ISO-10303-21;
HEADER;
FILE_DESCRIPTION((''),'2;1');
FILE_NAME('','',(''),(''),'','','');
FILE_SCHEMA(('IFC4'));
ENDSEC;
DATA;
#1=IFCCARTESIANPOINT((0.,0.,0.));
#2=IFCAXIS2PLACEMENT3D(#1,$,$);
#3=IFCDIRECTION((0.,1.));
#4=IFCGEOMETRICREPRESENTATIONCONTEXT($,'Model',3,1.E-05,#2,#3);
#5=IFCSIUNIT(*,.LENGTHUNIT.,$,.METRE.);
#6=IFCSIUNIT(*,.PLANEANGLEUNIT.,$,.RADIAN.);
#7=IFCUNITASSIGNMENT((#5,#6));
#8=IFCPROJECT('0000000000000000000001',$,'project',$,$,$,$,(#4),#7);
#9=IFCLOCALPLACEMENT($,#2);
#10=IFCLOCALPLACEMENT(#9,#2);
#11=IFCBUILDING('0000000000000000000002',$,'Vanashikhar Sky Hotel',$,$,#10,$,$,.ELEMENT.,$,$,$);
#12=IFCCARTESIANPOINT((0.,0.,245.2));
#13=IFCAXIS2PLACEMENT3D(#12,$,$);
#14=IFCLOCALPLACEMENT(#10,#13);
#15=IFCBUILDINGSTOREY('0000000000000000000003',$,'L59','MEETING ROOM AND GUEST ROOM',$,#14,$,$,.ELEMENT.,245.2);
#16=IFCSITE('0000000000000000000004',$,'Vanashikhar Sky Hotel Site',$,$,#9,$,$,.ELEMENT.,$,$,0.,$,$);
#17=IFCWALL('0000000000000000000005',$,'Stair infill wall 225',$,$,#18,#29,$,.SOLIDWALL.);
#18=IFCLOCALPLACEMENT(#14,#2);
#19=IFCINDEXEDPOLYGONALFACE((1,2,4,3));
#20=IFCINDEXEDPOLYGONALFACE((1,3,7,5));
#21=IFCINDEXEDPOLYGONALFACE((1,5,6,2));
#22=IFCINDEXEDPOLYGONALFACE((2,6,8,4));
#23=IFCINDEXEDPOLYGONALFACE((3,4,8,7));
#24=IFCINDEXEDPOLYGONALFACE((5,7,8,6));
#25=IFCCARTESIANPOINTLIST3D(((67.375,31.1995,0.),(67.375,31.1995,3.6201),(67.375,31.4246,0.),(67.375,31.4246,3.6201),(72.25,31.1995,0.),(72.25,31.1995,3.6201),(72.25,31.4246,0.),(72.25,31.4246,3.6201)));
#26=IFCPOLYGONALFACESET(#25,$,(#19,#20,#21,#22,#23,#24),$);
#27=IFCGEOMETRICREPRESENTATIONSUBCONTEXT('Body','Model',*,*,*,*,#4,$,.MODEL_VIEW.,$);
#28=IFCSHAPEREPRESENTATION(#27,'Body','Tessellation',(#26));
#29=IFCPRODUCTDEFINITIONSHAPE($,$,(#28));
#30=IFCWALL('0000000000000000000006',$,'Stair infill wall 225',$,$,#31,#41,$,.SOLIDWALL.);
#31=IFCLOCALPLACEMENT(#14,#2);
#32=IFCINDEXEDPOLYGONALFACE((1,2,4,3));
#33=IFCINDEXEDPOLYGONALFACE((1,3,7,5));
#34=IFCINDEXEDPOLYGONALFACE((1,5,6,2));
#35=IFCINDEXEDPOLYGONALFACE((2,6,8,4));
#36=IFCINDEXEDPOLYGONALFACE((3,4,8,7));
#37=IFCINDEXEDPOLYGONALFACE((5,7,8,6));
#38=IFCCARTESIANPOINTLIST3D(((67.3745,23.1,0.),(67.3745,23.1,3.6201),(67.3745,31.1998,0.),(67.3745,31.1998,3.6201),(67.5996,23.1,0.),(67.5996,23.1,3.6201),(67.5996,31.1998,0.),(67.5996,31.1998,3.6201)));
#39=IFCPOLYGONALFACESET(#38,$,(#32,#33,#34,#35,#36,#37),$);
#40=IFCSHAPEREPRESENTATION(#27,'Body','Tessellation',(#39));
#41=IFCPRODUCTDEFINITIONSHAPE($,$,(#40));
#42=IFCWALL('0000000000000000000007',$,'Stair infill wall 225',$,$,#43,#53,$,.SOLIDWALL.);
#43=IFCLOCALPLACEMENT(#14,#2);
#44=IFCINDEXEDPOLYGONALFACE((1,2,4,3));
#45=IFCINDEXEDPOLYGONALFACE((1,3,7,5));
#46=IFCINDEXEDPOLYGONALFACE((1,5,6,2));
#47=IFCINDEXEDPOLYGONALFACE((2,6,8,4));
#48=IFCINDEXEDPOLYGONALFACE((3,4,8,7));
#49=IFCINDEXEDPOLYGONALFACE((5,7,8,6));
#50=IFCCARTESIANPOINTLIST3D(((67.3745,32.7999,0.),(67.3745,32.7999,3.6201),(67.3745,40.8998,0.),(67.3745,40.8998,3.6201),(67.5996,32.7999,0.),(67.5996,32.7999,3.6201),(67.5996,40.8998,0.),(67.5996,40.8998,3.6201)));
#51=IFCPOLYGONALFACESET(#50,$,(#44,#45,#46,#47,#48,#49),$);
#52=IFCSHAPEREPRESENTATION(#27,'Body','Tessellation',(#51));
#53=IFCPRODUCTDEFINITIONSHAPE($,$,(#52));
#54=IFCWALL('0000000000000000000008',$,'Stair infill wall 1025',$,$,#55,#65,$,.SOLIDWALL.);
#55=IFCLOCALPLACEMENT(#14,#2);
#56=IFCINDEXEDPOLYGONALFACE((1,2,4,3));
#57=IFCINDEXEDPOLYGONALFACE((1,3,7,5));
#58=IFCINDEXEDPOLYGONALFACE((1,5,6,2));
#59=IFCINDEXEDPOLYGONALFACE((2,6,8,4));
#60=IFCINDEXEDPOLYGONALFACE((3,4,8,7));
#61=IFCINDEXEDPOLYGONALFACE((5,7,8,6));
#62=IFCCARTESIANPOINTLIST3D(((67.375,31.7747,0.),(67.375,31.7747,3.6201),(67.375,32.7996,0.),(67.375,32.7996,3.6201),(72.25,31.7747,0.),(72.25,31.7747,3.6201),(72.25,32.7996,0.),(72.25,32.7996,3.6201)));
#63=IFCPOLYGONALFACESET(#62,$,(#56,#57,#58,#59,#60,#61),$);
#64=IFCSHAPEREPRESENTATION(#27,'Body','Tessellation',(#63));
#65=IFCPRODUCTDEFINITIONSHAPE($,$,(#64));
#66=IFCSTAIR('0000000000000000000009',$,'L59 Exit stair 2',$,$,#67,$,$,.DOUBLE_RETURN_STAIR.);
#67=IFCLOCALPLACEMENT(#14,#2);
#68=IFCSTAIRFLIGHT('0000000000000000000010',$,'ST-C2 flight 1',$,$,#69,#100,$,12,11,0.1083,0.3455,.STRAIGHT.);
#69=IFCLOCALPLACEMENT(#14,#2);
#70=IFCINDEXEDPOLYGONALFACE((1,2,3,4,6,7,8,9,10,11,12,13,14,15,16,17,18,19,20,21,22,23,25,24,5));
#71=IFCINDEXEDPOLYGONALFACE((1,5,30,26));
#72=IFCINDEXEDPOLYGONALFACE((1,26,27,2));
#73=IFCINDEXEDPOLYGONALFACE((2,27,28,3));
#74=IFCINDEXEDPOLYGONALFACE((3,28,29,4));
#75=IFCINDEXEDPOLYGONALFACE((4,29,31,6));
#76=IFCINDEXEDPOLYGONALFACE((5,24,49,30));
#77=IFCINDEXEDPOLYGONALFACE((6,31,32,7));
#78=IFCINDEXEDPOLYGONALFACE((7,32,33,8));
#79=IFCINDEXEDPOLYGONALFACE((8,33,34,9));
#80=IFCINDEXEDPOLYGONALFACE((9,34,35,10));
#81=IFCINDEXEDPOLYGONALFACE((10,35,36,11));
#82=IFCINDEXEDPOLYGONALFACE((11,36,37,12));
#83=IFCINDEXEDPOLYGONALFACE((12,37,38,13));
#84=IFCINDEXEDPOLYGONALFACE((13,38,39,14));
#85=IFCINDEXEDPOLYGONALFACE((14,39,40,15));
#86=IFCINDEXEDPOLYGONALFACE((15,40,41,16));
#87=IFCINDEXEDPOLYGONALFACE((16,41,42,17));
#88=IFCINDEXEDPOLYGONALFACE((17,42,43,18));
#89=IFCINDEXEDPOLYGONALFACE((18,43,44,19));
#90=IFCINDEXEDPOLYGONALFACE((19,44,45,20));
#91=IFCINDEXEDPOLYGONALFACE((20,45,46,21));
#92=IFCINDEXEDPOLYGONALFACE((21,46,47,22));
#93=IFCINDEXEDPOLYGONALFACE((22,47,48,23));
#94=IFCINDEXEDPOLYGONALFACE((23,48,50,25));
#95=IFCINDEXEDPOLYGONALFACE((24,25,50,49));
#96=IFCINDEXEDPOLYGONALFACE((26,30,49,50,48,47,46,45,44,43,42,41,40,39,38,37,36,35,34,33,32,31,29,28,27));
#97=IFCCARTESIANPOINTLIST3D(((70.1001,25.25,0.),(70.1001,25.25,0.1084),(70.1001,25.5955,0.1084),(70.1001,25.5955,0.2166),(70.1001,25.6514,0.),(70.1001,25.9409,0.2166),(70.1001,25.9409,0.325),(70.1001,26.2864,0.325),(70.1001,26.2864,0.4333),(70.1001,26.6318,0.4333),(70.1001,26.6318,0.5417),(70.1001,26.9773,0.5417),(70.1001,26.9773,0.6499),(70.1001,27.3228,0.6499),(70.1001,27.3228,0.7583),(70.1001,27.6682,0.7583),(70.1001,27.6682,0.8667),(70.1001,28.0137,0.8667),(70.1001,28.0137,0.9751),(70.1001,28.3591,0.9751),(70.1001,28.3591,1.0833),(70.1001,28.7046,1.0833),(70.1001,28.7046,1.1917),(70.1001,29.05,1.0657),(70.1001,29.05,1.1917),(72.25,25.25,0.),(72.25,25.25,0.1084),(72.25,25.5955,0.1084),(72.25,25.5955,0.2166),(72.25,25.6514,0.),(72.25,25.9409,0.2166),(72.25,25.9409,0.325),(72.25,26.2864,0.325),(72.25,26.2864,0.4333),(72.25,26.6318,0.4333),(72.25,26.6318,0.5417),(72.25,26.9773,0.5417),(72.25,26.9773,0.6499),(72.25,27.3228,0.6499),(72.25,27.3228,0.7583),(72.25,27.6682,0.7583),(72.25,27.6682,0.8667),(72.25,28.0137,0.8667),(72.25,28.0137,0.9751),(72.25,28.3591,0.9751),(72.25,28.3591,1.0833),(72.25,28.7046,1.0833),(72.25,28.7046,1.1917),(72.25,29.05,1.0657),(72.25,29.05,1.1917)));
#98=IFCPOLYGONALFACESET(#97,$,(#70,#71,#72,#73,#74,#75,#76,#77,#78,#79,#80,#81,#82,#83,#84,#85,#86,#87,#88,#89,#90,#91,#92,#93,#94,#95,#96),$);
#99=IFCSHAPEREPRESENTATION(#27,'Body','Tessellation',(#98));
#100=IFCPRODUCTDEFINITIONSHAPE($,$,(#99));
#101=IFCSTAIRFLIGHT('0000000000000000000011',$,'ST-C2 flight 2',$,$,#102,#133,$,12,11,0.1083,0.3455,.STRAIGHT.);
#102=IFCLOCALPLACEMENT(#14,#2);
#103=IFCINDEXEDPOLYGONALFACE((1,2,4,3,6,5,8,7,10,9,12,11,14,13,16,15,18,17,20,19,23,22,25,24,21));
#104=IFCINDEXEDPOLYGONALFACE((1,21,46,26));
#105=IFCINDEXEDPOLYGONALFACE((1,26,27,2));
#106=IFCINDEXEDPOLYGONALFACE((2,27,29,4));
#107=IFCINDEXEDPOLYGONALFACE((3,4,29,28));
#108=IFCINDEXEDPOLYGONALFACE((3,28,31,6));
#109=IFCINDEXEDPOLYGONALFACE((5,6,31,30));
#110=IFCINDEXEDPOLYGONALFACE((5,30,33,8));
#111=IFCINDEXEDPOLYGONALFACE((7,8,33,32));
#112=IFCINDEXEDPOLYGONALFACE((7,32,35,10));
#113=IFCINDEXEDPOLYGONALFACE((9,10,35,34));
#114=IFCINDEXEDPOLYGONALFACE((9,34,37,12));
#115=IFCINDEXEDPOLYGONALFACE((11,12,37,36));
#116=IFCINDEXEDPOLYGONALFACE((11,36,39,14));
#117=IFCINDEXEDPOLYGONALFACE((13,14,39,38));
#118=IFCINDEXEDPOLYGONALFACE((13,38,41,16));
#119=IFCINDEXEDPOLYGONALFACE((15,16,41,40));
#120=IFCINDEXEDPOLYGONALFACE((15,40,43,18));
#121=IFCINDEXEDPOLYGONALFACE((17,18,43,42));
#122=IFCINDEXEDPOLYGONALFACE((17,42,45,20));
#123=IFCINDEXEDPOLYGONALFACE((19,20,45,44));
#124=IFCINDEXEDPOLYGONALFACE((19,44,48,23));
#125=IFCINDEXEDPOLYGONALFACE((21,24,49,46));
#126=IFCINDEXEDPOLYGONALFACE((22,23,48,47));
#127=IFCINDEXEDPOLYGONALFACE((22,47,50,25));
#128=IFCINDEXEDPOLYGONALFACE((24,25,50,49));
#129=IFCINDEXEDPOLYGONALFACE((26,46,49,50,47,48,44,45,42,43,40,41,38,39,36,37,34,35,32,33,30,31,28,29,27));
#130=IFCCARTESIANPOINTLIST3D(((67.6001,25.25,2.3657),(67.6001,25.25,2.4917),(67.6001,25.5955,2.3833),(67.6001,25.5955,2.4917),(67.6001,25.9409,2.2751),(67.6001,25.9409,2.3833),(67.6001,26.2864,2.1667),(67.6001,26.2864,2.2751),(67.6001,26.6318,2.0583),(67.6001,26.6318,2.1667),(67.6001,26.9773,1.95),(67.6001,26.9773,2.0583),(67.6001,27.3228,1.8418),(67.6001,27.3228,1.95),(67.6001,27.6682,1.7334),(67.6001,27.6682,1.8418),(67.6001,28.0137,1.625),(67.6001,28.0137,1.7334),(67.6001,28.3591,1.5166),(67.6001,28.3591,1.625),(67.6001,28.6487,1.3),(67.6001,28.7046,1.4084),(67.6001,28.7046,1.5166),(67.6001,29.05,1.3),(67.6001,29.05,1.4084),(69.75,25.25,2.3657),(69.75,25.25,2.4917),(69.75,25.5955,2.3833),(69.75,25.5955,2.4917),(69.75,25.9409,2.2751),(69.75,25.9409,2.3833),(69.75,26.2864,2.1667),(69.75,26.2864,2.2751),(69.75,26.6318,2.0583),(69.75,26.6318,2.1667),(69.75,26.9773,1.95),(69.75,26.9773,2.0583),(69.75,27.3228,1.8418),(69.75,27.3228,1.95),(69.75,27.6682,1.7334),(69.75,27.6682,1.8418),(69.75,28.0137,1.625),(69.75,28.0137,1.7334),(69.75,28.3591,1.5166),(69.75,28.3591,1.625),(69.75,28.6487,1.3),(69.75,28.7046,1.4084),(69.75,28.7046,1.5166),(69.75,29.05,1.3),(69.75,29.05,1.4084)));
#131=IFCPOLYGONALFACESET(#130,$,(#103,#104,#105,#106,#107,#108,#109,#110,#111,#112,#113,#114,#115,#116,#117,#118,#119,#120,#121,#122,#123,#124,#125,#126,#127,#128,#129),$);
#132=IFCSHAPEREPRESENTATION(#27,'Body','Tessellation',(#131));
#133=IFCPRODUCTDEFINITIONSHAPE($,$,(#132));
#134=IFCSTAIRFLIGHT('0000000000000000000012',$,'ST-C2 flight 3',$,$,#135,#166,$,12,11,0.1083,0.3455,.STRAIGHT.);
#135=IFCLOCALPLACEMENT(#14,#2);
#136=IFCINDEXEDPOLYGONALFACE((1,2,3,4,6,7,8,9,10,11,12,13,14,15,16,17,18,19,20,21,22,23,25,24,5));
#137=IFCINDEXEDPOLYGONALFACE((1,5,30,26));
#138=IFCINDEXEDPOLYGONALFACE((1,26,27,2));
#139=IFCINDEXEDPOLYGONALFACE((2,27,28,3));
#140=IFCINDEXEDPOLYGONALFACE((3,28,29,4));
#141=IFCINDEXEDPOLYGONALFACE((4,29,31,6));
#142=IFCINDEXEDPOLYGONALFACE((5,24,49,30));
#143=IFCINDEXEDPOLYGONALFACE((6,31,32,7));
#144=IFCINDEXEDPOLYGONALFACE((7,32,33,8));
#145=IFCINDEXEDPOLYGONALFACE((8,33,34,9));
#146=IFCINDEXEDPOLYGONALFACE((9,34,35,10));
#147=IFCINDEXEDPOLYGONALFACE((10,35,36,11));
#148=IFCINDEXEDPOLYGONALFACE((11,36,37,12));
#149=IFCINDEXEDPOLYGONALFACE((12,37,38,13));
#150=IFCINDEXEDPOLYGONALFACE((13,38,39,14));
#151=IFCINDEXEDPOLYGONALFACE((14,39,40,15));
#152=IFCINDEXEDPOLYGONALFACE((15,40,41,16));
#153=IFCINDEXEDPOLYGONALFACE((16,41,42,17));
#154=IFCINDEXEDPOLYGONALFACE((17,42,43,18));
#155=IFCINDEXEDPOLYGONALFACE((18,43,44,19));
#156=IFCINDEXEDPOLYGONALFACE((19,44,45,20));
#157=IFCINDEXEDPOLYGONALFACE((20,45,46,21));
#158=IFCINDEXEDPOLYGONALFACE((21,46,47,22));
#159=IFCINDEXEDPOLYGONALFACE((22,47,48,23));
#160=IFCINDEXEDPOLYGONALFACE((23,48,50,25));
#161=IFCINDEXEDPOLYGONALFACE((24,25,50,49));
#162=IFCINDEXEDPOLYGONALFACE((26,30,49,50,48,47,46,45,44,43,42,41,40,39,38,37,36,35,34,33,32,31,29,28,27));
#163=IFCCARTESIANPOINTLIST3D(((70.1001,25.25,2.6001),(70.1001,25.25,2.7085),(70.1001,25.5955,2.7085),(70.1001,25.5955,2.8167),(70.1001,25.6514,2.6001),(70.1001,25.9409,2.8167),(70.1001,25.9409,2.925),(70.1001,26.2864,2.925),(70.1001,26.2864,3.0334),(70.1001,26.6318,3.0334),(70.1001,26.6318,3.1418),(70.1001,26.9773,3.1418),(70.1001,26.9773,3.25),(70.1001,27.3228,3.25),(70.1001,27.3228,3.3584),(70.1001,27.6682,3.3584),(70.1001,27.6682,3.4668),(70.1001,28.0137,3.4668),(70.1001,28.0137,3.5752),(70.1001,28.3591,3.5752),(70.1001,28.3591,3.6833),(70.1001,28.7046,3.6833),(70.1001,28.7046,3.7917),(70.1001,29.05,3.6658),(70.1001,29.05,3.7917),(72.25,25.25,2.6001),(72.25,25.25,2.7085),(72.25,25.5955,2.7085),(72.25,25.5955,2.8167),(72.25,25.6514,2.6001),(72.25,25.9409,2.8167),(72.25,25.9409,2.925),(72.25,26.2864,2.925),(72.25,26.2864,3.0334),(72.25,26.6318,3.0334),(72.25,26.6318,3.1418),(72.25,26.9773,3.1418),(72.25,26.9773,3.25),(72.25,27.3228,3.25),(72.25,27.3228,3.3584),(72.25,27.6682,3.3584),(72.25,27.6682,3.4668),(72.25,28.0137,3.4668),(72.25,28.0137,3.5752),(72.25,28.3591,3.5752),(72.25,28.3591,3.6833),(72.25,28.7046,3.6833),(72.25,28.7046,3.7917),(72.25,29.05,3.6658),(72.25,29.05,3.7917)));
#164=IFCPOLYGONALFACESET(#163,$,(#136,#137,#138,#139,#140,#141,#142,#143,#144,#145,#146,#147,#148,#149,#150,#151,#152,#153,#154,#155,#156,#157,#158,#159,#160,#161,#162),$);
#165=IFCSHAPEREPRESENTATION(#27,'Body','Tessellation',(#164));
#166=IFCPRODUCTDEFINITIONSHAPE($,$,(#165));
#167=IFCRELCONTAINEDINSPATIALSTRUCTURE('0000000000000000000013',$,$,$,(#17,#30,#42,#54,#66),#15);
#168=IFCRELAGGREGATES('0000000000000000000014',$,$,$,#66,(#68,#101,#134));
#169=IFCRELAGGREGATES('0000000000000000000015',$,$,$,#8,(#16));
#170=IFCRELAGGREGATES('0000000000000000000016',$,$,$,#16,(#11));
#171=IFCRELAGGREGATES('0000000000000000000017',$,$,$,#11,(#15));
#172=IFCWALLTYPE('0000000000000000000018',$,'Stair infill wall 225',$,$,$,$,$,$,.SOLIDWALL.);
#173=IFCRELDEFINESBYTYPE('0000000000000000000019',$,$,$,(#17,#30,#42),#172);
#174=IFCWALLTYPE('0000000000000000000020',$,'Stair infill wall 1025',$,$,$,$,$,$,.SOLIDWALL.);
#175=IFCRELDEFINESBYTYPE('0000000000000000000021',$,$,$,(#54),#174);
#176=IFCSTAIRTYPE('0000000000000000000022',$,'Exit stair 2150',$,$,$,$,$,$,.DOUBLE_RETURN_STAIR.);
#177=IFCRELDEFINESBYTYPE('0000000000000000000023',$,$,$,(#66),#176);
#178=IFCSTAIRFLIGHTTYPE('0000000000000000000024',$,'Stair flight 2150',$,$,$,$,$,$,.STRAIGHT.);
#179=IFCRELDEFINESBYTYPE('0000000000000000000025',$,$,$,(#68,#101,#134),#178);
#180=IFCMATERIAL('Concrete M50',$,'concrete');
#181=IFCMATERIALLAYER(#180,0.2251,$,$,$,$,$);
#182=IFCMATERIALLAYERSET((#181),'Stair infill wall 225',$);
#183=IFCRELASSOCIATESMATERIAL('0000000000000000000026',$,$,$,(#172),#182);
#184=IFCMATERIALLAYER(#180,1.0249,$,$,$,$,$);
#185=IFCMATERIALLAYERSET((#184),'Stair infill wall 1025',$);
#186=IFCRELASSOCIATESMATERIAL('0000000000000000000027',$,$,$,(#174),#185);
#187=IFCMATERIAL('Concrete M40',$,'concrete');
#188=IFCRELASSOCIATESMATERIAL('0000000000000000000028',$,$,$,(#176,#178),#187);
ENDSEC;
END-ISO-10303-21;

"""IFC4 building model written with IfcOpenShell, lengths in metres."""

from ifc_helpers import new_model, si_unit, direction, frame, frame_2d, origin, place, context, subcontext, project, spatial, polyline, rectangle, outline, extrude, source, transform, mapped, material, layer, layer_set, type_object, element, aggregate, save


model = new_model("IFC4")

# Units and contexts
model_context = context("Model", 3, precision=1e-05, world=origin(), true_north=direction((0.0, 1.0)))
body_context = subcontext(model_context, "Body", "Model", "MODEL_VIEW")
ifc_project = project(units=[si_unit("LENGTHUNIT", "METRE"), si_unit("PLANEANGLEUNIT", "RADIAN")], contexts=[model_context])

# Site, building, storey
site_placement = place(None, origin())
site = spatial("IfcSite", under=ifc_project, at=site_placement, Name="Vanashikhar Sky Hotel Site", CompositionType="ELEMENT", RefElevation=0.0)
building_placement = place(site_placement, origin())
building = spatial("IfcBuilding", under=site, at=building_placement, Name="Vanashikhar Sky Hotel", CompositionType="ELEMENT")
storey_placement = place(building_placement, frame((0.0, 0.0, 245.2)))
storey = spatial("IfcBuildingStorey", under=building, at=storey_placement, Name="L59", Description="MEETING ROOM AND GUEST ROOM", CompositionType="ELEMENT", Elevation=245.2)

# Walls
ifc_material_1 = material(Name="Concrete M50", Category="concrete")
ifc_layer_1 = layer(ifc_material_1, 0.2251)
ifc_layer_set_1 = layer_set([ifc_layer_1], Name="Stair infill wall 225")
wall_type_1 = type_object("IfcWallType", Name="Stair infill wall 225", PredefinedType="SOLIDWALL", material=ifc_layer_set_1)
shared_shape_1 = source(origin(), body_context, "Body", "SweptSolid", [
    extrude(rectangle(XDim=4.875, YDim=0.2251, at=frame_2d((2.4375, 0.0))), origin(), (0.0, 0.0, 1.0), 3.6201),
])
wall_1_placement = place(storey_placement, frame((67.375, 31.312, 0.0), z_axis=(0.0, 0.0, 1.0), x_axis=(1.0, 0.0, 0.0)))
element("IfcWall", 1, at=wall_1_placement, inside=storey, type_object=wall_type_1, Name="Stair infill wall 225", PredefinedType="SOLIDWALL", context=body_context, shape_type="MappedRepresentation", body=[
    mapped(shared_shape_1, transform((0.0, 0.0, 0.0), scale=1.0)),
])
shared_shape_2 = source(origin(), body_context, "Body", "SweptSolid", [
    extrude(rectangle(XDim=8.0999, YDim=0.2251, at=frame_2d((4.0498, 0.0))), origin(), (0.0, 0.0, 1.0), 3.6201),
])
for number, where, z_axis, x_axis, name in (
    (2, (67.4871, 23.1001, 0.0), (0.0, 0.0, 1.0), (0.0, 1.0, 0.0), "Stair infill wall 225"),
    (3, (67.4871, 32.8, 0.0), (0.0, 0.0, 1.0), (0.0, 1.0, 0.0), "Stair infill wall 225"),
):
    element("IfcWall", number, at=place(storey_placement, frame(where, z_axis=z_axis, x_axis=x_axis)), inside=storey, type_object=wall_type_1, Name=name, PredefinedType="SOLIDWALL", context=body_context, shape_type="MappedRepresentation", body=[
        mapped(shared_shape_2, transform((0.0, 0.0, 0.0), scale=1.0)),
    ])
ifc_layer_2 = layer(ifc_material_1, 1.0249)
ifc_layer_set_2 = layer_set([ifc_layer_2], Name="Stair infill wall 1025")
wall_type_2 = type_object("IfcWallType", Name="Stair infill wall 1025", PredefinedType="SOLIDWALL", material=ifc_layer_set_2)
shared_shape_3 = source(origin(), body_context, "Body", "SweptSolid", [
    extrude(rectangle(XDim=4.875, YDim=1.0249, at=frame_2d((2.4375, 0.0))), origin(), (0.0, 0.0, 1.0), 3.6201),
])
wall_2_placement = place(storey_placement, frame((67.375, 32.2871, 0.0), z_axis=(0.0, 0.0, 1.0), x_axis=(1.0, 0.0, 0.0)))
element("IfcWall", 4, at=wall_2_placement, inside=storey, type_object=wall_type_2, Name="Stair infill wall 1025", PredefinedType="SOLIDWALL", context=body_context, shape_type="MappedRepresentation", body=[
    mapped(shared_shape_3, transform((0.0, 0.0, 0.0), scale=1.0)),
])

# Stair, stair flights
ifc_material_2 = material(Name="Concrete M40", Category="concrete")
stair_type = type_object("IfcStairType", Name="Exit stair 2150", PredefinedType="DOUBLE_RETURN_STAIR", material=ifc_material_2)
stair_1_placement = place(storey_placement, origin())
stair_1 = element("IfcStair", 5, at=stair_1_placement, inside=storey, type_object=stair_type, Name="L59 Exit stair 2", PredefinedType="DOUBLE_RETURN_STAIR")
stair_flight_type = type_object("IfcStairFlightType", Name="Stair flight 2150", PredefinedType="STRAIGHT", material=ifc_material_2)
shared_shape_4 = source(origin(), body_context, "Body", "SweptSolid", [
    extrude(outline(polyline([(0.0, 0.0), (0.0, 0.1084), (0.3455, 0.1084), (0.3455, 0.2166), (0.6909, 0.2166), (0.6909, 0.325), (1.0364, 0.325), (1.0364, 0.4333), (1.3818, 0.4333), (1.3818, 0.5417), (1.7273, 0.5417), (1.7273, 0.6499), (2.0728, 0.6499), (2.0728, 0.7583), (2.4182, 0.7583), (2.4182, 0.8667), (2.7637, 0.8667), (2.7637, 0.9751), (3.1091, 0.9751), (3.1091, 1.0833), (3.4546, 1.0833), (3.4546, 1.1917), (3.8, 1.1917), (3.8, 1.3), (3.8, 1.0657), (0.4014, 0.0), (0.0, 0.0)])), frame((0.0, 1.075, 0.0), z_axis=(0.0, -1.0, 0.0), x_axis=(1.0, 0.0, 0.0)), (0.0, 0.0, 1.0), 2.1499),
])
stair_flight_1_placement = place(storey_placement, frame((71.175, 25.25, 0.0), z_axis=(0.0, 0.0, 1.0), x_axis=(0.0, 1.0, 0.0)))
stair_flight_1 = element("IfcStairFlight", 6, at=stair_flight_1_placement, type_object=stair_flight_type, Name="ST-C2 flight 1", NumberOfRisers=12, NumberOfTreads=11, PredefinedType="STRAIGHT", RiserHeight=0.1083, TreadLength=0.3455, context=body_context, shape_type="MappedRepresentation", body=[
    mapped(shared_shape_4, transform((0.0, 0.0, 0.0), scale=1.0)),
])
stair_flight_2_placement = place(storey_placement, frame((68.675, 29.05, 1.3), z_axis=(0.0, 0.0, 1.0), x_axis=(0.0, -1.0, 0.0)))
stair_flight_2 = element("IfcStairFlight", 7, at=stair_flight_2_placement, type_object=stair_flight_type, Name="ST-C2 flight 2", NumberOfRisers=12, NumberOfTreads=11, PredefinedType="STRAIGHT", RiserHeight=0.1083, TreadLength=0.3455, context=body_context, shape_type="MappedRepresentation", body=[
    mapped(shared_shape_4, transform((0.0, 0.0, 0.0), scale=1.0)),
])
stair_flight_3_placement = place(storey_placement, frame((71.175, 25.25, 2.6001), z_axis=(0.0, 0.0, 1.0), x_axis=(0.0, 1.0, 0.0)))
stair_flight_3 = element("IfcStairFlight", 8, at=stair_flight_3_placement, type_object=stair_flight_type, Name="ST-C2 flight 3", NumberOfRisers=12, NumberOfTreads=11, PredefinedType="STRAIGHT", RiserHeight=0.1083, TreadLength=0.3455, context=body_context, shape_type="MappedRepresentation", body=[
    mapped(shared_shape_4, transform((0.0, 0.0, 0.0), scale=1.0)),
])
aggregate(stair_1, [stair_flight_1, stair_flight_2, stair_flight_3])

save(model, "model.ifc")
